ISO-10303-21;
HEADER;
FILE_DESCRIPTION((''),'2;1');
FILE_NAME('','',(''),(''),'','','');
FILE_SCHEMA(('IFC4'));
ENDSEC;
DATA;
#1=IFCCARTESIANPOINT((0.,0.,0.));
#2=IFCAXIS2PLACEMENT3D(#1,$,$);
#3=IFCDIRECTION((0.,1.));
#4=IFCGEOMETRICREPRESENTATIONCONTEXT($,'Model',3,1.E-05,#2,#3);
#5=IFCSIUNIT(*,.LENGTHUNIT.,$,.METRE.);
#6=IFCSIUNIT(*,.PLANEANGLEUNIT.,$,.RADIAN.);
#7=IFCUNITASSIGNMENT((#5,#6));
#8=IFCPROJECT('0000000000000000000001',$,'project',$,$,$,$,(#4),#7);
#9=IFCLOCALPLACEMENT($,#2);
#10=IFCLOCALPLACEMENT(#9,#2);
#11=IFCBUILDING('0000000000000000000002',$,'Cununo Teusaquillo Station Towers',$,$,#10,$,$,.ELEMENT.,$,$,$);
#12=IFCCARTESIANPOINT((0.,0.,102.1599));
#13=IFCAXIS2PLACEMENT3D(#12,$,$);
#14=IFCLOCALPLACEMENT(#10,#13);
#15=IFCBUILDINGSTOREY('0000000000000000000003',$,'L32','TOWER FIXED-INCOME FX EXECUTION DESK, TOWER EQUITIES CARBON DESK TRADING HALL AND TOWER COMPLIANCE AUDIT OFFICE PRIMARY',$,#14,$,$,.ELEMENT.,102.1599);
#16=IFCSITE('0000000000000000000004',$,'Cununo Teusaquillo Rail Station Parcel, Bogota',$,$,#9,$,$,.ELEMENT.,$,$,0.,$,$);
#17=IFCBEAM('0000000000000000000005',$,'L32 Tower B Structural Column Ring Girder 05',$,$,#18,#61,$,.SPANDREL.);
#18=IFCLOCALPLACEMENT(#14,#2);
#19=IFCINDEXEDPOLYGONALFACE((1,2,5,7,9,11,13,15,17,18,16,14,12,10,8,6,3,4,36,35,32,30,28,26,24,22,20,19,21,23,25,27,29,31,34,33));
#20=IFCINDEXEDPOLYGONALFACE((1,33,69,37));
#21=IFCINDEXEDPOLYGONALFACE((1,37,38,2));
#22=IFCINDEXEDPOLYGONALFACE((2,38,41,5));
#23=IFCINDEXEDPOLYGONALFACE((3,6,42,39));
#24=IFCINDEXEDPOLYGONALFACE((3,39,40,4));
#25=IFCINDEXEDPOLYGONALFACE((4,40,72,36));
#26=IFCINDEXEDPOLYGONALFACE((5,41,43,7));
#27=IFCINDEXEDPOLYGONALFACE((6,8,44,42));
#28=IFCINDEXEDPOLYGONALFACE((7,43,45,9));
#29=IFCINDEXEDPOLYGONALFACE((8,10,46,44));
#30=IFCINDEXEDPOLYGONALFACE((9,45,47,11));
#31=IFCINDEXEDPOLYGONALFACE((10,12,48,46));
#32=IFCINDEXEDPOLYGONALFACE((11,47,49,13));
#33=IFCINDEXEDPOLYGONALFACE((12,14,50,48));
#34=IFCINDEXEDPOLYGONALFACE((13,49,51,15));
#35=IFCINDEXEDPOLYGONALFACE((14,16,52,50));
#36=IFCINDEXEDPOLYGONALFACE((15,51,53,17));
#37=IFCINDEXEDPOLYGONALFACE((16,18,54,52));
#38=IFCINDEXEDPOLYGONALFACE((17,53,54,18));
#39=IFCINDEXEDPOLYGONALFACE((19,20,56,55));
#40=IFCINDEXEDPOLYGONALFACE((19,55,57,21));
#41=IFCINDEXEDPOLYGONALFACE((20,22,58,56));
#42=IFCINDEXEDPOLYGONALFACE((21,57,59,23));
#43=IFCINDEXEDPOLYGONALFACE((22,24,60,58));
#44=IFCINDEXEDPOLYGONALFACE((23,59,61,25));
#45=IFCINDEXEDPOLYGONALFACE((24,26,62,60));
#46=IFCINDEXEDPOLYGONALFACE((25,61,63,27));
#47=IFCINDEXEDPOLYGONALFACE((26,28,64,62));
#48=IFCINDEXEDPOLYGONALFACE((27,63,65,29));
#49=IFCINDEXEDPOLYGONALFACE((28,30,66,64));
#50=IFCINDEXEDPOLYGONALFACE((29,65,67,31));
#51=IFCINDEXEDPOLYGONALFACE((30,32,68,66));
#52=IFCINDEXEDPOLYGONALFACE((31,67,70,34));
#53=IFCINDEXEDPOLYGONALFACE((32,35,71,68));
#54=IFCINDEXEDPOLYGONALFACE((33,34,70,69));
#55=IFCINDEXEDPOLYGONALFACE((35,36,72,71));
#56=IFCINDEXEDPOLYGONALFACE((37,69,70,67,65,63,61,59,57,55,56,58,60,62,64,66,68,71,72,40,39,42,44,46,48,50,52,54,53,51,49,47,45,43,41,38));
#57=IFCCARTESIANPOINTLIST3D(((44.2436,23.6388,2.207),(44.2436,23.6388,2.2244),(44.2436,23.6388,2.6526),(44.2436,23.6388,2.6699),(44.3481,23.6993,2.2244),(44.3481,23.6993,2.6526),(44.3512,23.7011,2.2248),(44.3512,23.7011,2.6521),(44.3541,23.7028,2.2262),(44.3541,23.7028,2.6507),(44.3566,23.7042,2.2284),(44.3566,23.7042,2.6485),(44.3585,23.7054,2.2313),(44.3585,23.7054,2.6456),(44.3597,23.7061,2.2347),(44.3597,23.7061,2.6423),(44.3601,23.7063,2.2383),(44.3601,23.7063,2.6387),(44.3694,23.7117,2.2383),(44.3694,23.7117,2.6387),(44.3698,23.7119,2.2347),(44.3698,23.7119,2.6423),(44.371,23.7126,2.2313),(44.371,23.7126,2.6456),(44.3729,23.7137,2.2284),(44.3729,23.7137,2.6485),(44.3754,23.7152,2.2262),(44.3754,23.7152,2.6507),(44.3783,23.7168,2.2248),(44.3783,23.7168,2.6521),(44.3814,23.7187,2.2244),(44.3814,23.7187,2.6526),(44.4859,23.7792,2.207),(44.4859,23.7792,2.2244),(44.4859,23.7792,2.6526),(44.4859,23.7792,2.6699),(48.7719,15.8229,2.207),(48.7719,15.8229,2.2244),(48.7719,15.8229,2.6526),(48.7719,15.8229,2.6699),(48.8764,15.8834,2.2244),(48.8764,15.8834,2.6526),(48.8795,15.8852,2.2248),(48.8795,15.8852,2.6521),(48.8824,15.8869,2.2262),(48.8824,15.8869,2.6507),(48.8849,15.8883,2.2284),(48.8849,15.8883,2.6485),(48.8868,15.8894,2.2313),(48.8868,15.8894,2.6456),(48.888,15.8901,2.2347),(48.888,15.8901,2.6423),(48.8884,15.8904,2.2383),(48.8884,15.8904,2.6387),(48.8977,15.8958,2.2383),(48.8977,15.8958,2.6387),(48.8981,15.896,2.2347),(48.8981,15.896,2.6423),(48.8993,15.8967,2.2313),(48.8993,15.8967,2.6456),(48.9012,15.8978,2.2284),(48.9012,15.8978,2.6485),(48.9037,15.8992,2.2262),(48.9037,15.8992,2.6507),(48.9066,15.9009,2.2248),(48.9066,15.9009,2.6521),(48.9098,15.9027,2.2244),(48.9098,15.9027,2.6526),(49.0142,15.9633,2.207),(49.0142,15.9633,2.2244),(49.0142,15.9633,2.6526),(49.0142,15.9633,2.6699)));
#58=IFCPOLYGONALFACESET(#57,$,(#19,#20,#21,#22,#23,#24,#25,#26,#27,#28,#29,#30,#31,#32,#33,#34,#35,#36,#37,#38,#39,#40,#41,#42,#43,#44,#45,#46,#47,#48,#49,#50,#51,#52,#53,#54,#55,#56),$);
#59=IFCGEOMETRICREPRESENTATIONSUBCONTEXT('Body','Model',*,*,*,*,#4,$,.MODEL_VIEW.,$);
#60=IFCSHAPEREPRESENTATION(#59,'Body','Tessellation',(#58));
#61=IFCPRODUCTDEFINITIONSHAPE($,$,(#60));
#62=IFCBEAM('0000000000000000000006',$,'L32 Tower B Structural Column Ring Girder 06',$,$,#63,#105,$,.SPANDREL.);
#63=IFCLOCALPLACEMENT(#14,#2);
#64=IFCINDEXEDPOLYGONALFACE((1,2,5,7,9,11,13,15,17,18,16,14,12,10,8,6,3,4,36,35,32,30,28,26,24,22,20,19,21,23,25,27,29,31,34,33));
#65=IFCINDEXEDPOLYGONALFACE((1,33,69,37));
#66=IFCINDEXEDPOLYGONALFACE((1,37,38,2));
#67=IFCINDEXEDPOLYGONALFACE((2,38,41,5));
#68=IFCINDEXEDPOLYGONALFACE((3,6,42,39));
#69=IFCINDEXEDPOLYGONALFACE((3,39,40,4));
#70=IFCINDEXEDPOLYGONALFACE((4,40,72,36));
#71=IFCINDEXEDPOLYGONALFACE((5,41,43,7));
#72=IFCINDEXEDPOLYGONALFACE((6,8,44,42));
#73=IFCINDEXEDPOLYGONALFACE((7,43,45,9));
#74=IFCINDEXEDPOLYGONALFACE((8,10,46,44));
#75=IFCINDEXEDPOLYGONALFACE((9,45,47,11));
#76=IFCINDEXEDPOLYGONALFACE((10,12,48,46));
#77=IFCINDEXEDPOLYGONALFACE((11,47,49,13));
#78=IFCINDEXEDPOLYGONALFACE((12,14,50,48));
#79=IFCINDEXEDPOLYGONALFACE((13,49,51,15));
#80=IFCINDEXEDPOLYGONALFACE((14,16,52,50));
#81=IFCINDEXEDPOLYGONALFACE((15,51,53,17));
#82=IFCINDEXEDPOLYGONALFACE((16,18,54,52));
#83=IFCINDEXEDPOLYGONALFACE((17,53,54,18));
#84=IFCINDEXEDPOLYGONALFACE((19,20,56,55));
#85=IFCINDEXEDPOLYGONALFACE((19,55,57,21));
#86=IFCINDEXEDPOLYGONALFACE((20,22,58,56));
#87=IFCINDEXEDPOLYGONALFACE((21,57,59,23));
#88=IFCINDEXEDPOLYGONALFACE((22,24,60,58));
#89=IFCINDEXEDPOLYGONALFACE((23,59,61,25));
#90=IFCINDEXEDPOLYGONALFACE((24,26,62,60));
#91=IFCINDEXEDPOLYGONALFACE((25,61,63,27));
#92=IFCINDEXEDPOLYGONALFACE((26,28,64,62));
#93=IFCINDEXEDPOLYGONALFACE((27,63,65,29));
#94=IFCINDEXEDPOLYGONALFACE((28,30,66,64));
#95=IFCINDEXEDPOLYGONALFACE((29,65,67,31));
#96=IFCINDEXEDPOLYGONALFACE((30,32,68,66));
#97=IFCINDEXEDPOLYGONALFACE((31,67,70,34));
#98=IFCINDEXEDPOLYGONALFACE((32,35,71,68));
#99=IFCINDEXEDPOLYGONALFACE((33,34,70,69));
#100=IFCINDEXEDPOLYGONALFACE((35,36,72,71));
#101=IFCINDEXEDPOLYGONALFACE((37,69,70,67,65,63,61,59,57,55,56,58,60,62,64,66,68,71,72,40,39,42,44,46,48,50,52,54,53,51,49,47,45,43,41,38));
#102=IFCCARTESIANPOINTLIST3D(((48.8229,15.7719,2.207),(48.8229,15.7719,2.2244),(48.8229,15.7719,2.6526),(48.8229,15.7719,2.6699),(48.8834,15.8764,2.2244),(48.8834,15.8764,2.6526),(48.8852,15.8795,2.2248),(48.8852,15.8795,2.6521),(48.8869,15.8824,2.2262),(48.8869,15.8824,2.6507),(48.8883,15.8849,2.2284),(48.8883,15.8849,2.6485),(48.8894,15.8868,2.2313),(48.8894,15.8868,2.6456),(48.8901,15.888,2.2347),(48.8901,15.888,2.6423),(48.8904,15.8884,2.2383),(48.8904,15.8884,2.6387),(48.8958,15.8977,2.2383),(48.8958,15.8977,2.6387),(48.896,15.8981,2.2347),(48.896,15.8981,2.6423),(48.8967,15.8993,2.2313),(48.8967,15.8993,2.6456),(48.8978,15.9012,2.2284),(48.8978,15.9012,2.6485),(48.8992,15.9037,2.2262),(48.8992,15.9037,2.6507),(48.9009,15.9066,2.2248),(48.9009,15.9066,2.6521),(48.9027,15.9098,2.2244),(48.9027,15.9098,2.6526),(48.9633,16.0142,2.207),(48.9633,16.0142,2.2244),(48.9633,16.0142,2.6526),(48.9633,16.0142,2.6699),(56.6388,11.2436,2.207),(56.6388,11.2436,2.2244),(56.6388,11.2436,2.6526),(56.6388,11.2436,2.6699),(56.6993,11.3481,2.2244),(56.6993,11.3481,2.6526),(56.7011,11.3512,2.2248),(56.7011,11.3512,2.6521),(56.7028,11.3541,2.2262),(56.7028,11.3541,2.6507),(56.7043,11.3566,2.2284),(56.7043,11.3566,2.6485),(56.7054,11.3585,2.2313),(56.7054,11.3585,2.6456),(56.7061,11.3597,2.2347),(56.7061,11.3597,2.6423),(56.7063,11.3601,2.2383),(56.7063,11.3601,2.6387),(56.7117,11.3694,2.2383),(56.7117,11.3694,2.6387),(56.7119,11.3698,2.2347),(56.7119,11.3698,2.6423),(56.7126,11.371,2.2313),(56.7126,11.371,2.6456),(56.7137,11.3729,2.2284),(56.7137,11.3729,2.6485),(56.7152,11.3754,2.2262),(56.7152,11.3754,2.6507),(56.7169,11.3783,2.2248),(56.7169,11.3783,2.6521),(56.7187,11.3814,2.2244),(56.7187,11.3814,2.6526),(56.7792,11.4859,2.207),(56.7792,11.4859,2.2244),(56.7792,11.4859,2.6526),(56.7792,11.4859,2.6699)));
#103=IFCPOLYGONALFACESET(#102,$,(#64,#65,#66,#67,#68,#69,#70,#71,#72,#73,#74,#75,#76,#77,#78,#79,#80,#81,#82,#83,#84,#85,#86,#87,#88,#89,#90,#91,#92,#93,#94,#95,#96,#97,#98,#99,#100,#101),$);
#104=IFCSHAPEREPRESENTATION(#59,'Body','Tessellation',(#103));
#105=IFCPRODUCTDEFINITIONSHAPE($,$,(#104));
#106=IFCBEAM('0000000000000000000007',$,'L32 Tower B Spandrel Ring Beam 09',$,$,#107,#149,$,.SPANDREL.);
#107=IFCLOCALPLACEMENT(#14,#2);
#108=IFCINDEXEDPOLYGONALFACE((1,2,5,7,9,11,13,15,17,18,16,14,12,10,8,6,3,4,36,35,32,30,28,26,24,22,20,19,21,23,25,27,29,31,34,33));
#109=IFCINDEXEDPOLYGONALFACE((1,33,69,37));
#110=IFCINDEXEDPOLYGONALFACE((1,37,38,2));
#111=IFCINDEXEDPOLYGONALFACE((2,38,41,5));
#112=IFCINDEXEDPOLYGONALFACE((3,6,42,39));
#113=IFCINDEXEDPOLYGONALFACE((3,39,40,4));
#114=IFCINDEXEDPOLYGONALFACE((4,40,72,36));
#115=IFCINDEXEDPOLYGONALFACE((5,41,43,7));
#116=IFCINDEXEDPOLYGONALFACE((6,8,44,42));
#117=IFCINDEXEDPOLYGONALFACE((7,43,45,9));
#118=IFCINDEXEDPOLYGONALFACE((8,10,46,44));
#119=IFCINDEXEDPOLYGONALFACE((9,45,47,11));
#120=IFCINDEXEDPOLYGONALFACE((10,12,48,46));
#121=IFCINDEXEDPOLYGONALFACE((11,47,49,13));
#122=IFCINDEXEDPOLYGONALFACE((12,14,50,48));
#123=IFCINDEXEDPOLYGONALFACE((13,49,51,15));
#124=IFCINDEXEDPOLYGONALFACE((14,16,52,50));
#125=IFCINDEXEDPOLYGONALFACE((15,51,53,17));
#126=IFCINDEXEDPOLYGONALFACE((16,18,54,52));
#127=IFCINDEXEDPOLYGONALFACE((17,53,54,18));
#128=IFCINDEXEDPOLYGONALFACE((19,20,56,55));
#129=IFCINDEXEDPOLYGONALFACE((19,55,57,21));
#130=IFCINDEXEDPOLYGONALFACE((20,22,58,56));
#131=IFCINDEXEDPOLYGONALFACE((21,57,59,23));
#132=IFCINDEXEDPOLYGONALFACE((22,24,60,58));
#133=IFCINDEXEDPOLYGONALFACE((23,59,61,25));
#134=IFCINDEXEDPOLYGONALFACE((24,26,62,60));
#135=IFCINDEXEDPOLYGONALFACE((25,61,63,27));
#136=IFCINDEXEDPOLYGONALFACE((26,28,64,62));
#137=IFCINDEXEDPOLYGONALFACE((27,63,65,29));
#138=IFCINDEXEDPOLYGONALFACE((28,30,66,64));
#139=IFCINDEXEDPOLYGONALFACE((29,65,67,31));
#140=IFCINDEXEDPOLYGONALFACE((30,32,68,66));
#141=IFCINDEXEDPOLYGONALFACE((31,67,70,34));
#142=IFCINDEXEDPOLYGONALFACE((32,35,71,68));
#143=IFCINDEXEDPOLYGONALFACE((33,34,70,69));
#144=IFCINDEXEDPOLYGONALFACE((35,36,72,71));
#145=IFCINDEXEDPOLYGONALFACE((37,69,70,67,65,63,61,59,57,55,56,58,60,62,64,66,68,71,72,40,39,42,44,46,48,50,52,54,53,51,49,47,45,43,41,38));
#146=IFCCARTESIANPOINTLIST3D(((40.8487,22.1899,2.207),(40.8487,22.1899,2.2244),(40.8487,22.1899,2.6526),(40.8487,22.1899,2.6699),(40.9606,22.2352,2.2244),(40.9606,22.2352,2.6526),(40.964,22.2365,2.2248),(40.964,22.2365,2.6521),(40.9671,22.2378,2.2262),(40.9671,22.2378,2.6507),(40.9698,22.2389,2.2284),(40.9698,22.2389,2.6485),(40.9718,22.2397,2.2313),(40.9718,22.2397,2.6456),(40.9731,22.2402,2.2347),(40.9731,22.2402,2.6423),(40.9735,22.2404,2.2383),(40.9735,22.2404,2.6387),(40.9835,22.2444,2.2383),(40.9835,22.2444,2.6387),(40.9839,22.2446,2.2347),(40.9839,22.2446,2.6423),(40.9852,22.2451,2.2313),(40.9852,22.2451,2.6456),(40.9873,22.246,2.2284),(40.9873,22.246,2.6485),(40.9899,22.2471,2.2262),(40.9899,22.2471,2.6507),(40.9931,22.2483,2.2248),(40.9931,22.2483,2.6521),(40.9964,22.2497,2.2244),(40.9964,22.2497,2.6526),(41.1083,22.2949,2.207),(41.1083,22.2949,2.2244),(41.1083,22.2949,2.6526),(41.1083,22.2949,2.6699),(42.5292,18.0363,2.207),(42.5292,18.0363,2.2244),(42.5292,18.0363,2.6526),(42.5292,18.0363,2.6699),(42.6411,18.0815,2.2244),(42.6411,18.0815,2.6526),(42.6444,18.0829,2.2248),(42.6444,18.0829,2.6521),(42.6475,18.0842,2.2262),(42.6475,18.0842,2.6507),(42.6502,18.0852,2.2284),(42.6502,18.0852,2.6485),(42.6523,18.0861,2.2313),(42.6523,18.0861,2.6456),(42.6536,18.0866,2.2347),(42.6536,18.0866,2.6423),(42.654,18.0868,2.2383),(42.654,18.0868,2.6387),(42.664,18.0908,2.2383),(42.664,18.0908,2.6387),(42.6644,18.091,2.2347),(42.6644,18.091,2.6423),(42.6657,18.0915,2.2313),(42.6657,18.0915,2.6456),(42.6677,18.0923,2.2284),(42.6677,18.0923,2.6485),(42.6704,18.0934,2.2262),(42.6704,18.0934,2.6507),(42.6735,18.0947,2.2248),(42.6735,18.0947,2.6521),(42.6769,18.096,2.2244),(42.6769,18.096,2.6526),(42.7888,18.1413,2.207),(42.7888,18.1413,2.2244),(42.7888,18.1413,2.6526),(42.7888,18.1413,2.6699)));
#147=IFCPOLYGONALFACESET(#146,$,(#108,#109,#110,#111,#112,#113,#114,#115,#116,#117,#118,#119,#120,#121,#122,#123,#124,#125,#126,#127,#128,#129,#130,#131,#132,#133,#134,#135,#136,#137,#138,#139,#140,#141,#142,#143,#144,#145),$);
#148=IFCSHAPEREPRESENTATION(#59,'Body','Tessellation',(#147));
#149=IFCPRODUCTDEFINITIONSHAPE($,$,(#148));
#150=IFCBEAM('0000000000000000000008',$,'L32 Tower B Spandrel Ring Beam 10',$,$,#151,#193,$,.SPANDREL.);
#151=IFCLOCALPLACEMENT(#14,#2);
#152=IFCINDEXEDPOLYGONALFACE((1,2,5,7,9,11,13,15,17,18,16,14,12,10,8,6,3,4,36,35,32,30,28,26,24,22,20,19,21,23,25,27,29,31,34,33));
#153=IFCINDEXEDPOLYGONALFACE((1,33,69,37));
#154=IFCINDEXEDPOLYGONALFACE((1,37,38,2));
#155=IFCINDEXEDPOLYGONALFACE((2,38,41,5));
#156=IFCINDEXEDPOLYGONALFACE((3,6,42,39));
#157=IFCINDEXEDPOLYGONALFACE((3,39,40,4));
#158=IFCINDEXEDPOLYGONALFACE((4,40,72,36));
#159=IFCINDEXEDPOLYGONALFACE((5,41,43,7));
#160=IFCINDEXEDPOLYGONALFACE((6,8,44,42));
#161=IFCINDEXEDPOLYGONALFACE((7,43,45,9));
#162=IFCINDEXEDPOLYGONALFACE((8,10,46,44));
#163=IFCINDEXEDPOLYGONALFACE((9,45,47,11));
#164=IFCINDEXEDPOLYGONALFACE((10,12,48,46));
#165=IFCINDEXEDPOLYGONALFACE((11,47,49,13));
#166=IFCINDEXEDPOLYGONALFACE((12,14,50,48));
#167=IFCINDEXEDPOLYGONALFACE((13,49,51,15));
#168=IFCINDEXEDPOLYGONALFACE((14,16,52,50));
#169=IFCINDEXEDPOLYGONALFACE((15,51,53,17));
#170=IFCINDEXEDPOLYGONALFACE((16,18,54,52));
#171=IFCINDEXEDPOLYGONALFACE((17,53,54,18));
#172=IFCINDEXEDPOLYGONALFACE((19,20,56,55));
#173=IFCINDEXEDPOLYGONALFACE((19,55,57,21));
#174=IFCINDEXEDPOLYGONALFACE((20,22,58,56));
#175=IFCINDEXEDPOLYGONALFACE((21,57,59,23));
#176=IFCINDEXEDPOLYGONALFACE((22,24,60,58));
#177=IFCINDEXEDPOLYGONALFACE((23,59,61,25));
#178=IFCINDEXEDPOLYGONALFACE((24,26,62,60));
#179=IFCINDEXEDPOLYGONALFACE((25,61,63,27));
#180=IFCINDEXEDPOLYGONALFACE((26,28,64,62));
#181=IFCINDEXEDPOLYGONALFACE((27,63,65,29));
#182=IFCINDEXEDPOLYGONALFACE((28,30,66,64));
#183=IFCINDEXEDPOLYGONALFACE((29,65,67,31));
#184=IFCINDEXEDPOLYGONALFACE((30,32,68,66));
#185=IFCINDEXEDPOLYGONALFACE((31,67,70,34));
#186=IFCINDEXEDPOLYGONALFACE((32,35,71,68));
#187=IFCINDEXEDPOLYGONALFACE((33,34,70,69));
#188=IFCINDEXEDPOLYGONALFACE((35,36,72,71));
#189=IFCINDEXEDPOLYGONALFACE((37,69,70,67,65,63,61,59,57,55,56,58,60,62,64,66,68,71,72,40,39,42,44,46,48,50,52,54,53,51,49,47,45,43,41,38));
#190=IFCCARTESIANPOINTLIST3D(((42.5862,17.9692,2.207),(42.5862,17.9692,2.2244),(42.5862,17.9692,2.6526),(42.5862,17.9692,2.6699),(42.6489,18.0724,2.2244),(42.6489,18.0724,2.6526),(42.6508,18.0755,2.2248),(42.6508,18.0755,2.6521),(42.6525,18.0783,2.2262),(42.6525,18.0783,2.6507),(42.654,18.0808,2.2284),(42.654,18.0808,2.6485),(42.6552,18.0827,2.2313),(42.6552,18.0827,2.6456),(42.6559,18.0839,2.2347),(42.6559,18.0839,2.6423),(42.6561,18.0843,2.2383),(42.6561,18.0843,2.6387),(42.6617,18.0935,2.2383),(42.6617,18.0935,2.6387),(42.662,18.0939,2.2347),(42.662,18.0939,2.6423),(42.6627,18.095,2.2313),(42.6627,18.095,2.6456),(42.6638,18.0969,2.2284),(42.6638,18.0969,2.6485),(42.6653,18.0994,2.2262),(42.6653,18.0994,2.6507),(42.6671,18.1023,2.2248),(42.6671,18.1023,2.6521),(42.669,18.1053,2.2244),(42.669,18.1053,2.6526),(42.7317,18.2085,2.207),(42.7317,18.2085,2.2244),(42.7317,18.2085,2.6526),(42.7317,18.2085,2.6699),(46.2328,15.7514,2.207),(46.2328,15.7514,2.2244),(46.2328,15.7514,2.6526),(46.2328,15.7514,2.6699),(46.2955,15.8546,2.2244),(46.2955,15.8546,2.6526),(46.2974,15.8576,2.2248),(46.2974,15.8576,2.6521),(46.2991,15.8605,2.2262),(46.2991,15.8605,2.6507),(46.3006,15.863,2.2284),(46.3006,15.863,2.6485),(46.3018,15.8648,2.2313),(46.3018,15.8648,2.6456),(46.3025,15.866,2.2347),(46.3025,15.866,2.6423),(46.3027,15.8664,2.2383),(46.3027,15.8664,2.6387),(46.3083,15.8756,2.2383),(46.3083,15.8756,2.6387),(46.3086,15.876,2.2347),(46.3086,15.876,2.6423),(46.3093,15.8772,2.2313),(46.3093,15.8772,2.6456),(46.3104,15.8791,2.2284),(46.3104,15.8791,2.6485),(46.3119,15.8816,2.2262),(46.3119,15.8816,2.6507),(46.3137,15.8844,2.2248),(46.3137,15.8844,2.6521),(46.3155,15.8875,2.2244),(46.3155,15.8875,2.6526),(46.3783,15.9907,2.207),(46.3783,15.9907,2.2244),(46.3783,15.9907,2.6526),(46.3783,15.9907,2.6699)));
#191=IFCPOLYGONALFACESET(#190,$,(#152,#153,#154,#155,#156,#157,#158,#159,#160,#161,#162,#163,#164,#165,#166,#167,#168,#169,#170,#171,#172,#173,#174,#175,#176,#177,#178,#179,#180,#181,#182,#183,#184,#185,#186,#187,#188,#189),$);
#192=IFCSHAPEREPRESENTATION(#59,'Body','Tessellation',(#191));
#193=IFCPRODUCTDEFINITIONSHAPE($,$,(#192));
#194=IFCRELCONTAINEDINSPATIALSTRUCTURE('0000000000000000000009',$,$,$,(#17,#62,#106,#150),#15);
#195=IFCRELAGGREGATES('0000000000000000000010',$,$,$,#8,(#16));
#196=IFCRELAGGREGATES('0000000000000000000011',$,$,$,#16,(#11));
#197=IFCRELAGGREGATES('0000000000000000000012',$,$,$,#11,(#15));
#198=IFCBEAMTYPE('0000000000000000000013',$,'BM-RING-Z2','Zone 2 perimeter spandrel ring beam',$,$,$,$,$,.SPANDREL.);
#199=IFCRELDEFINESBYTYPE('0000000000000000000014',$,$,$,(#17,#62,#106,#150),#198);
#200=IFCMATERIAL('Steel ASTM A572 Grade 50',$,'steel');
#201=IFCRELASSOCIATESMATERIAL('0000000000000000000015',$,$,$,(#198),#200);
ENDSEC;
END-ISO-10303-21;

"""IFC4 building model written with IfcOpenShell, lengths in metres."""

from ifc_helpers import new_model, si_unit, direction, frame, origin, origin_2d, place, context, subcontext, project, spatial, i_section, extrude, material, material_profile, profile_set, type_object, element, save


model = new_model("IFC4")

# Units and contexts
model_context = context("Model", 3, precision=1e-05, world=origin(), true_north=direction((0.0, 1.0)))
body_context = subcontext(model_context, "Body", "Model", "MODEL_VIEW")
ifc_project = project(units=[si_unit("LENGTHUNIT", "METRE"), si_unit("PLANEANGLEUNIT", "RADIAN")], contexts=[model_context])

# Site, building, storey
site_placement = place(None, origin())
site = spatial("IfcSite", under=ifc_project, at=site_placement, Name="Cununo Teusaquillo Rail Station Parcel, Bogota", CompositionType="ELEMENT", RefElevation=0.0)
building_placement = place(site_placement, origin())
building = spatial("IfcBuilding", under=site, at=building_placement, Name="Cununo Teusaquillo Station Towers", CompositionType="ELEMENT")
storey_placement = place(building_placement, frame((0.0, 0.0, 102.1599)))
storey = spatial("IfcBuildingStorey", under=building, at=storey_placement, Name="L32", Description="TOWER FIXED-INCOME FX EXECUTION DESK, TOWER EQUITIES CARBON DESK TRADING HALL AND TOWER COMPLIANCE AUDIT OFFICE PRIMARY", CompositionType="ELEMENT", Elevation=102.1599)

# Beams
ifc_material_1 = material(Name="Steel ASTM A572 Grade 50", Category="steel")
ifc_material_profile_1 = material_profile(ifc_material_1, i_section(OverallWidth=0.28, OverallDepth=0.4629, WebThickness=0.0107, FlangeThickness=0.0173, FilletRadius=0.0139, at=origin_2d()), Name="W18X76")
ifc_profile_set_1 = profile_set([ifc_material_profile_1], Name="Steel ASTM A572 Grade 50")
beam_type_1 = type_object("IfcBeamType", Name="BM-RING-Z2", Description="Zone 2 perimeter spandrel ring beam", PredefinedType="SPANDREL", material=ifc_profile_set_1)
for number, where, z_axis, x_axis, name in (
    (1, (44.3647, 23.709, 2.4385), (0.501311, -0.865267, 0.0), (0.865267, 0.501311, 0.0), "L32 Tower B Structural Column Ring Girder 05"),
    (2, (48.8931, 15.8931, 2.4385), (0.865267, -0.501311, 0.0), (0.501311, 0.865267, 0.0), "L32 Tower B Structural Column Ring Girder 06"),
):
    element("IfcBeam", number, at=place(storey_placement, frame(where, z_axis=z_axis, x_axis=x_axis)), inside=storey, type_object=beam_type_1, Name=name, PredefinedType="SPANDREL", context=body_context, shape_type="SweptSolid", body=[
        extrude(i_section(OverallWidth=0.28, OverallDepth=0.4629, WebThickness=0.0107, FlangeThickness=0.0173, FilletRadius=0.0139, at=origin_2d()), origin(), (0.0, 0.0, 1.0), 9.033),
    ])
beam_1_placement = place(storey_placement, frame((40.9785, 22.2424, 2.4385), z_axis=(0.375042, -0.927008, 0.0), x_axis=(0.927008, 0.375042, 0.0)))
element("IfcBeam", 3, at=beam_1_placement, inside=storey, type_object=beam_type_1, Name="L32 Tower B Spandrel Ring Beam 09", PredefinedType="SPANDREL", context=body_context, shape_type="SweptSolid", body=[
    extrude(i_section(OverallWidth=0.28, OverallDepth=0.4629, WebThickness=0.0107, FlangeThickness=0.0173, FilletRadius=0.0139, at=origin_2d()), origin(), (0.0, 0.0, 1.0), 4.4807),
])
beam_2_placement = place(storey_placement, frame((42.6589, 18.0889, 2.4385), z_axis=(0.854388, -0.519635, 0.0), x_axis=(0.519635, 0.854388, 0.0)))
element("IfcBeam", 4, at=beam_2_placement, inside=storey, type_object=beam_type_1, Name="L32 Tower B Spandrel Ring Beam 10", PredefinedType="SPANDREL", context=body_context, shape_type="SweptSolid", body=[
    extrude(i_section(OverallWidth=0.28, OverallDepth=0.4629, WebThickness=0.0107, FlangeThickness=0.0173, FilletRadius=0.0139, at=origin_2d()), origin(), (0.0, 0.0, 1.0), 4.2681),
])

save(model, "model.ifc")
